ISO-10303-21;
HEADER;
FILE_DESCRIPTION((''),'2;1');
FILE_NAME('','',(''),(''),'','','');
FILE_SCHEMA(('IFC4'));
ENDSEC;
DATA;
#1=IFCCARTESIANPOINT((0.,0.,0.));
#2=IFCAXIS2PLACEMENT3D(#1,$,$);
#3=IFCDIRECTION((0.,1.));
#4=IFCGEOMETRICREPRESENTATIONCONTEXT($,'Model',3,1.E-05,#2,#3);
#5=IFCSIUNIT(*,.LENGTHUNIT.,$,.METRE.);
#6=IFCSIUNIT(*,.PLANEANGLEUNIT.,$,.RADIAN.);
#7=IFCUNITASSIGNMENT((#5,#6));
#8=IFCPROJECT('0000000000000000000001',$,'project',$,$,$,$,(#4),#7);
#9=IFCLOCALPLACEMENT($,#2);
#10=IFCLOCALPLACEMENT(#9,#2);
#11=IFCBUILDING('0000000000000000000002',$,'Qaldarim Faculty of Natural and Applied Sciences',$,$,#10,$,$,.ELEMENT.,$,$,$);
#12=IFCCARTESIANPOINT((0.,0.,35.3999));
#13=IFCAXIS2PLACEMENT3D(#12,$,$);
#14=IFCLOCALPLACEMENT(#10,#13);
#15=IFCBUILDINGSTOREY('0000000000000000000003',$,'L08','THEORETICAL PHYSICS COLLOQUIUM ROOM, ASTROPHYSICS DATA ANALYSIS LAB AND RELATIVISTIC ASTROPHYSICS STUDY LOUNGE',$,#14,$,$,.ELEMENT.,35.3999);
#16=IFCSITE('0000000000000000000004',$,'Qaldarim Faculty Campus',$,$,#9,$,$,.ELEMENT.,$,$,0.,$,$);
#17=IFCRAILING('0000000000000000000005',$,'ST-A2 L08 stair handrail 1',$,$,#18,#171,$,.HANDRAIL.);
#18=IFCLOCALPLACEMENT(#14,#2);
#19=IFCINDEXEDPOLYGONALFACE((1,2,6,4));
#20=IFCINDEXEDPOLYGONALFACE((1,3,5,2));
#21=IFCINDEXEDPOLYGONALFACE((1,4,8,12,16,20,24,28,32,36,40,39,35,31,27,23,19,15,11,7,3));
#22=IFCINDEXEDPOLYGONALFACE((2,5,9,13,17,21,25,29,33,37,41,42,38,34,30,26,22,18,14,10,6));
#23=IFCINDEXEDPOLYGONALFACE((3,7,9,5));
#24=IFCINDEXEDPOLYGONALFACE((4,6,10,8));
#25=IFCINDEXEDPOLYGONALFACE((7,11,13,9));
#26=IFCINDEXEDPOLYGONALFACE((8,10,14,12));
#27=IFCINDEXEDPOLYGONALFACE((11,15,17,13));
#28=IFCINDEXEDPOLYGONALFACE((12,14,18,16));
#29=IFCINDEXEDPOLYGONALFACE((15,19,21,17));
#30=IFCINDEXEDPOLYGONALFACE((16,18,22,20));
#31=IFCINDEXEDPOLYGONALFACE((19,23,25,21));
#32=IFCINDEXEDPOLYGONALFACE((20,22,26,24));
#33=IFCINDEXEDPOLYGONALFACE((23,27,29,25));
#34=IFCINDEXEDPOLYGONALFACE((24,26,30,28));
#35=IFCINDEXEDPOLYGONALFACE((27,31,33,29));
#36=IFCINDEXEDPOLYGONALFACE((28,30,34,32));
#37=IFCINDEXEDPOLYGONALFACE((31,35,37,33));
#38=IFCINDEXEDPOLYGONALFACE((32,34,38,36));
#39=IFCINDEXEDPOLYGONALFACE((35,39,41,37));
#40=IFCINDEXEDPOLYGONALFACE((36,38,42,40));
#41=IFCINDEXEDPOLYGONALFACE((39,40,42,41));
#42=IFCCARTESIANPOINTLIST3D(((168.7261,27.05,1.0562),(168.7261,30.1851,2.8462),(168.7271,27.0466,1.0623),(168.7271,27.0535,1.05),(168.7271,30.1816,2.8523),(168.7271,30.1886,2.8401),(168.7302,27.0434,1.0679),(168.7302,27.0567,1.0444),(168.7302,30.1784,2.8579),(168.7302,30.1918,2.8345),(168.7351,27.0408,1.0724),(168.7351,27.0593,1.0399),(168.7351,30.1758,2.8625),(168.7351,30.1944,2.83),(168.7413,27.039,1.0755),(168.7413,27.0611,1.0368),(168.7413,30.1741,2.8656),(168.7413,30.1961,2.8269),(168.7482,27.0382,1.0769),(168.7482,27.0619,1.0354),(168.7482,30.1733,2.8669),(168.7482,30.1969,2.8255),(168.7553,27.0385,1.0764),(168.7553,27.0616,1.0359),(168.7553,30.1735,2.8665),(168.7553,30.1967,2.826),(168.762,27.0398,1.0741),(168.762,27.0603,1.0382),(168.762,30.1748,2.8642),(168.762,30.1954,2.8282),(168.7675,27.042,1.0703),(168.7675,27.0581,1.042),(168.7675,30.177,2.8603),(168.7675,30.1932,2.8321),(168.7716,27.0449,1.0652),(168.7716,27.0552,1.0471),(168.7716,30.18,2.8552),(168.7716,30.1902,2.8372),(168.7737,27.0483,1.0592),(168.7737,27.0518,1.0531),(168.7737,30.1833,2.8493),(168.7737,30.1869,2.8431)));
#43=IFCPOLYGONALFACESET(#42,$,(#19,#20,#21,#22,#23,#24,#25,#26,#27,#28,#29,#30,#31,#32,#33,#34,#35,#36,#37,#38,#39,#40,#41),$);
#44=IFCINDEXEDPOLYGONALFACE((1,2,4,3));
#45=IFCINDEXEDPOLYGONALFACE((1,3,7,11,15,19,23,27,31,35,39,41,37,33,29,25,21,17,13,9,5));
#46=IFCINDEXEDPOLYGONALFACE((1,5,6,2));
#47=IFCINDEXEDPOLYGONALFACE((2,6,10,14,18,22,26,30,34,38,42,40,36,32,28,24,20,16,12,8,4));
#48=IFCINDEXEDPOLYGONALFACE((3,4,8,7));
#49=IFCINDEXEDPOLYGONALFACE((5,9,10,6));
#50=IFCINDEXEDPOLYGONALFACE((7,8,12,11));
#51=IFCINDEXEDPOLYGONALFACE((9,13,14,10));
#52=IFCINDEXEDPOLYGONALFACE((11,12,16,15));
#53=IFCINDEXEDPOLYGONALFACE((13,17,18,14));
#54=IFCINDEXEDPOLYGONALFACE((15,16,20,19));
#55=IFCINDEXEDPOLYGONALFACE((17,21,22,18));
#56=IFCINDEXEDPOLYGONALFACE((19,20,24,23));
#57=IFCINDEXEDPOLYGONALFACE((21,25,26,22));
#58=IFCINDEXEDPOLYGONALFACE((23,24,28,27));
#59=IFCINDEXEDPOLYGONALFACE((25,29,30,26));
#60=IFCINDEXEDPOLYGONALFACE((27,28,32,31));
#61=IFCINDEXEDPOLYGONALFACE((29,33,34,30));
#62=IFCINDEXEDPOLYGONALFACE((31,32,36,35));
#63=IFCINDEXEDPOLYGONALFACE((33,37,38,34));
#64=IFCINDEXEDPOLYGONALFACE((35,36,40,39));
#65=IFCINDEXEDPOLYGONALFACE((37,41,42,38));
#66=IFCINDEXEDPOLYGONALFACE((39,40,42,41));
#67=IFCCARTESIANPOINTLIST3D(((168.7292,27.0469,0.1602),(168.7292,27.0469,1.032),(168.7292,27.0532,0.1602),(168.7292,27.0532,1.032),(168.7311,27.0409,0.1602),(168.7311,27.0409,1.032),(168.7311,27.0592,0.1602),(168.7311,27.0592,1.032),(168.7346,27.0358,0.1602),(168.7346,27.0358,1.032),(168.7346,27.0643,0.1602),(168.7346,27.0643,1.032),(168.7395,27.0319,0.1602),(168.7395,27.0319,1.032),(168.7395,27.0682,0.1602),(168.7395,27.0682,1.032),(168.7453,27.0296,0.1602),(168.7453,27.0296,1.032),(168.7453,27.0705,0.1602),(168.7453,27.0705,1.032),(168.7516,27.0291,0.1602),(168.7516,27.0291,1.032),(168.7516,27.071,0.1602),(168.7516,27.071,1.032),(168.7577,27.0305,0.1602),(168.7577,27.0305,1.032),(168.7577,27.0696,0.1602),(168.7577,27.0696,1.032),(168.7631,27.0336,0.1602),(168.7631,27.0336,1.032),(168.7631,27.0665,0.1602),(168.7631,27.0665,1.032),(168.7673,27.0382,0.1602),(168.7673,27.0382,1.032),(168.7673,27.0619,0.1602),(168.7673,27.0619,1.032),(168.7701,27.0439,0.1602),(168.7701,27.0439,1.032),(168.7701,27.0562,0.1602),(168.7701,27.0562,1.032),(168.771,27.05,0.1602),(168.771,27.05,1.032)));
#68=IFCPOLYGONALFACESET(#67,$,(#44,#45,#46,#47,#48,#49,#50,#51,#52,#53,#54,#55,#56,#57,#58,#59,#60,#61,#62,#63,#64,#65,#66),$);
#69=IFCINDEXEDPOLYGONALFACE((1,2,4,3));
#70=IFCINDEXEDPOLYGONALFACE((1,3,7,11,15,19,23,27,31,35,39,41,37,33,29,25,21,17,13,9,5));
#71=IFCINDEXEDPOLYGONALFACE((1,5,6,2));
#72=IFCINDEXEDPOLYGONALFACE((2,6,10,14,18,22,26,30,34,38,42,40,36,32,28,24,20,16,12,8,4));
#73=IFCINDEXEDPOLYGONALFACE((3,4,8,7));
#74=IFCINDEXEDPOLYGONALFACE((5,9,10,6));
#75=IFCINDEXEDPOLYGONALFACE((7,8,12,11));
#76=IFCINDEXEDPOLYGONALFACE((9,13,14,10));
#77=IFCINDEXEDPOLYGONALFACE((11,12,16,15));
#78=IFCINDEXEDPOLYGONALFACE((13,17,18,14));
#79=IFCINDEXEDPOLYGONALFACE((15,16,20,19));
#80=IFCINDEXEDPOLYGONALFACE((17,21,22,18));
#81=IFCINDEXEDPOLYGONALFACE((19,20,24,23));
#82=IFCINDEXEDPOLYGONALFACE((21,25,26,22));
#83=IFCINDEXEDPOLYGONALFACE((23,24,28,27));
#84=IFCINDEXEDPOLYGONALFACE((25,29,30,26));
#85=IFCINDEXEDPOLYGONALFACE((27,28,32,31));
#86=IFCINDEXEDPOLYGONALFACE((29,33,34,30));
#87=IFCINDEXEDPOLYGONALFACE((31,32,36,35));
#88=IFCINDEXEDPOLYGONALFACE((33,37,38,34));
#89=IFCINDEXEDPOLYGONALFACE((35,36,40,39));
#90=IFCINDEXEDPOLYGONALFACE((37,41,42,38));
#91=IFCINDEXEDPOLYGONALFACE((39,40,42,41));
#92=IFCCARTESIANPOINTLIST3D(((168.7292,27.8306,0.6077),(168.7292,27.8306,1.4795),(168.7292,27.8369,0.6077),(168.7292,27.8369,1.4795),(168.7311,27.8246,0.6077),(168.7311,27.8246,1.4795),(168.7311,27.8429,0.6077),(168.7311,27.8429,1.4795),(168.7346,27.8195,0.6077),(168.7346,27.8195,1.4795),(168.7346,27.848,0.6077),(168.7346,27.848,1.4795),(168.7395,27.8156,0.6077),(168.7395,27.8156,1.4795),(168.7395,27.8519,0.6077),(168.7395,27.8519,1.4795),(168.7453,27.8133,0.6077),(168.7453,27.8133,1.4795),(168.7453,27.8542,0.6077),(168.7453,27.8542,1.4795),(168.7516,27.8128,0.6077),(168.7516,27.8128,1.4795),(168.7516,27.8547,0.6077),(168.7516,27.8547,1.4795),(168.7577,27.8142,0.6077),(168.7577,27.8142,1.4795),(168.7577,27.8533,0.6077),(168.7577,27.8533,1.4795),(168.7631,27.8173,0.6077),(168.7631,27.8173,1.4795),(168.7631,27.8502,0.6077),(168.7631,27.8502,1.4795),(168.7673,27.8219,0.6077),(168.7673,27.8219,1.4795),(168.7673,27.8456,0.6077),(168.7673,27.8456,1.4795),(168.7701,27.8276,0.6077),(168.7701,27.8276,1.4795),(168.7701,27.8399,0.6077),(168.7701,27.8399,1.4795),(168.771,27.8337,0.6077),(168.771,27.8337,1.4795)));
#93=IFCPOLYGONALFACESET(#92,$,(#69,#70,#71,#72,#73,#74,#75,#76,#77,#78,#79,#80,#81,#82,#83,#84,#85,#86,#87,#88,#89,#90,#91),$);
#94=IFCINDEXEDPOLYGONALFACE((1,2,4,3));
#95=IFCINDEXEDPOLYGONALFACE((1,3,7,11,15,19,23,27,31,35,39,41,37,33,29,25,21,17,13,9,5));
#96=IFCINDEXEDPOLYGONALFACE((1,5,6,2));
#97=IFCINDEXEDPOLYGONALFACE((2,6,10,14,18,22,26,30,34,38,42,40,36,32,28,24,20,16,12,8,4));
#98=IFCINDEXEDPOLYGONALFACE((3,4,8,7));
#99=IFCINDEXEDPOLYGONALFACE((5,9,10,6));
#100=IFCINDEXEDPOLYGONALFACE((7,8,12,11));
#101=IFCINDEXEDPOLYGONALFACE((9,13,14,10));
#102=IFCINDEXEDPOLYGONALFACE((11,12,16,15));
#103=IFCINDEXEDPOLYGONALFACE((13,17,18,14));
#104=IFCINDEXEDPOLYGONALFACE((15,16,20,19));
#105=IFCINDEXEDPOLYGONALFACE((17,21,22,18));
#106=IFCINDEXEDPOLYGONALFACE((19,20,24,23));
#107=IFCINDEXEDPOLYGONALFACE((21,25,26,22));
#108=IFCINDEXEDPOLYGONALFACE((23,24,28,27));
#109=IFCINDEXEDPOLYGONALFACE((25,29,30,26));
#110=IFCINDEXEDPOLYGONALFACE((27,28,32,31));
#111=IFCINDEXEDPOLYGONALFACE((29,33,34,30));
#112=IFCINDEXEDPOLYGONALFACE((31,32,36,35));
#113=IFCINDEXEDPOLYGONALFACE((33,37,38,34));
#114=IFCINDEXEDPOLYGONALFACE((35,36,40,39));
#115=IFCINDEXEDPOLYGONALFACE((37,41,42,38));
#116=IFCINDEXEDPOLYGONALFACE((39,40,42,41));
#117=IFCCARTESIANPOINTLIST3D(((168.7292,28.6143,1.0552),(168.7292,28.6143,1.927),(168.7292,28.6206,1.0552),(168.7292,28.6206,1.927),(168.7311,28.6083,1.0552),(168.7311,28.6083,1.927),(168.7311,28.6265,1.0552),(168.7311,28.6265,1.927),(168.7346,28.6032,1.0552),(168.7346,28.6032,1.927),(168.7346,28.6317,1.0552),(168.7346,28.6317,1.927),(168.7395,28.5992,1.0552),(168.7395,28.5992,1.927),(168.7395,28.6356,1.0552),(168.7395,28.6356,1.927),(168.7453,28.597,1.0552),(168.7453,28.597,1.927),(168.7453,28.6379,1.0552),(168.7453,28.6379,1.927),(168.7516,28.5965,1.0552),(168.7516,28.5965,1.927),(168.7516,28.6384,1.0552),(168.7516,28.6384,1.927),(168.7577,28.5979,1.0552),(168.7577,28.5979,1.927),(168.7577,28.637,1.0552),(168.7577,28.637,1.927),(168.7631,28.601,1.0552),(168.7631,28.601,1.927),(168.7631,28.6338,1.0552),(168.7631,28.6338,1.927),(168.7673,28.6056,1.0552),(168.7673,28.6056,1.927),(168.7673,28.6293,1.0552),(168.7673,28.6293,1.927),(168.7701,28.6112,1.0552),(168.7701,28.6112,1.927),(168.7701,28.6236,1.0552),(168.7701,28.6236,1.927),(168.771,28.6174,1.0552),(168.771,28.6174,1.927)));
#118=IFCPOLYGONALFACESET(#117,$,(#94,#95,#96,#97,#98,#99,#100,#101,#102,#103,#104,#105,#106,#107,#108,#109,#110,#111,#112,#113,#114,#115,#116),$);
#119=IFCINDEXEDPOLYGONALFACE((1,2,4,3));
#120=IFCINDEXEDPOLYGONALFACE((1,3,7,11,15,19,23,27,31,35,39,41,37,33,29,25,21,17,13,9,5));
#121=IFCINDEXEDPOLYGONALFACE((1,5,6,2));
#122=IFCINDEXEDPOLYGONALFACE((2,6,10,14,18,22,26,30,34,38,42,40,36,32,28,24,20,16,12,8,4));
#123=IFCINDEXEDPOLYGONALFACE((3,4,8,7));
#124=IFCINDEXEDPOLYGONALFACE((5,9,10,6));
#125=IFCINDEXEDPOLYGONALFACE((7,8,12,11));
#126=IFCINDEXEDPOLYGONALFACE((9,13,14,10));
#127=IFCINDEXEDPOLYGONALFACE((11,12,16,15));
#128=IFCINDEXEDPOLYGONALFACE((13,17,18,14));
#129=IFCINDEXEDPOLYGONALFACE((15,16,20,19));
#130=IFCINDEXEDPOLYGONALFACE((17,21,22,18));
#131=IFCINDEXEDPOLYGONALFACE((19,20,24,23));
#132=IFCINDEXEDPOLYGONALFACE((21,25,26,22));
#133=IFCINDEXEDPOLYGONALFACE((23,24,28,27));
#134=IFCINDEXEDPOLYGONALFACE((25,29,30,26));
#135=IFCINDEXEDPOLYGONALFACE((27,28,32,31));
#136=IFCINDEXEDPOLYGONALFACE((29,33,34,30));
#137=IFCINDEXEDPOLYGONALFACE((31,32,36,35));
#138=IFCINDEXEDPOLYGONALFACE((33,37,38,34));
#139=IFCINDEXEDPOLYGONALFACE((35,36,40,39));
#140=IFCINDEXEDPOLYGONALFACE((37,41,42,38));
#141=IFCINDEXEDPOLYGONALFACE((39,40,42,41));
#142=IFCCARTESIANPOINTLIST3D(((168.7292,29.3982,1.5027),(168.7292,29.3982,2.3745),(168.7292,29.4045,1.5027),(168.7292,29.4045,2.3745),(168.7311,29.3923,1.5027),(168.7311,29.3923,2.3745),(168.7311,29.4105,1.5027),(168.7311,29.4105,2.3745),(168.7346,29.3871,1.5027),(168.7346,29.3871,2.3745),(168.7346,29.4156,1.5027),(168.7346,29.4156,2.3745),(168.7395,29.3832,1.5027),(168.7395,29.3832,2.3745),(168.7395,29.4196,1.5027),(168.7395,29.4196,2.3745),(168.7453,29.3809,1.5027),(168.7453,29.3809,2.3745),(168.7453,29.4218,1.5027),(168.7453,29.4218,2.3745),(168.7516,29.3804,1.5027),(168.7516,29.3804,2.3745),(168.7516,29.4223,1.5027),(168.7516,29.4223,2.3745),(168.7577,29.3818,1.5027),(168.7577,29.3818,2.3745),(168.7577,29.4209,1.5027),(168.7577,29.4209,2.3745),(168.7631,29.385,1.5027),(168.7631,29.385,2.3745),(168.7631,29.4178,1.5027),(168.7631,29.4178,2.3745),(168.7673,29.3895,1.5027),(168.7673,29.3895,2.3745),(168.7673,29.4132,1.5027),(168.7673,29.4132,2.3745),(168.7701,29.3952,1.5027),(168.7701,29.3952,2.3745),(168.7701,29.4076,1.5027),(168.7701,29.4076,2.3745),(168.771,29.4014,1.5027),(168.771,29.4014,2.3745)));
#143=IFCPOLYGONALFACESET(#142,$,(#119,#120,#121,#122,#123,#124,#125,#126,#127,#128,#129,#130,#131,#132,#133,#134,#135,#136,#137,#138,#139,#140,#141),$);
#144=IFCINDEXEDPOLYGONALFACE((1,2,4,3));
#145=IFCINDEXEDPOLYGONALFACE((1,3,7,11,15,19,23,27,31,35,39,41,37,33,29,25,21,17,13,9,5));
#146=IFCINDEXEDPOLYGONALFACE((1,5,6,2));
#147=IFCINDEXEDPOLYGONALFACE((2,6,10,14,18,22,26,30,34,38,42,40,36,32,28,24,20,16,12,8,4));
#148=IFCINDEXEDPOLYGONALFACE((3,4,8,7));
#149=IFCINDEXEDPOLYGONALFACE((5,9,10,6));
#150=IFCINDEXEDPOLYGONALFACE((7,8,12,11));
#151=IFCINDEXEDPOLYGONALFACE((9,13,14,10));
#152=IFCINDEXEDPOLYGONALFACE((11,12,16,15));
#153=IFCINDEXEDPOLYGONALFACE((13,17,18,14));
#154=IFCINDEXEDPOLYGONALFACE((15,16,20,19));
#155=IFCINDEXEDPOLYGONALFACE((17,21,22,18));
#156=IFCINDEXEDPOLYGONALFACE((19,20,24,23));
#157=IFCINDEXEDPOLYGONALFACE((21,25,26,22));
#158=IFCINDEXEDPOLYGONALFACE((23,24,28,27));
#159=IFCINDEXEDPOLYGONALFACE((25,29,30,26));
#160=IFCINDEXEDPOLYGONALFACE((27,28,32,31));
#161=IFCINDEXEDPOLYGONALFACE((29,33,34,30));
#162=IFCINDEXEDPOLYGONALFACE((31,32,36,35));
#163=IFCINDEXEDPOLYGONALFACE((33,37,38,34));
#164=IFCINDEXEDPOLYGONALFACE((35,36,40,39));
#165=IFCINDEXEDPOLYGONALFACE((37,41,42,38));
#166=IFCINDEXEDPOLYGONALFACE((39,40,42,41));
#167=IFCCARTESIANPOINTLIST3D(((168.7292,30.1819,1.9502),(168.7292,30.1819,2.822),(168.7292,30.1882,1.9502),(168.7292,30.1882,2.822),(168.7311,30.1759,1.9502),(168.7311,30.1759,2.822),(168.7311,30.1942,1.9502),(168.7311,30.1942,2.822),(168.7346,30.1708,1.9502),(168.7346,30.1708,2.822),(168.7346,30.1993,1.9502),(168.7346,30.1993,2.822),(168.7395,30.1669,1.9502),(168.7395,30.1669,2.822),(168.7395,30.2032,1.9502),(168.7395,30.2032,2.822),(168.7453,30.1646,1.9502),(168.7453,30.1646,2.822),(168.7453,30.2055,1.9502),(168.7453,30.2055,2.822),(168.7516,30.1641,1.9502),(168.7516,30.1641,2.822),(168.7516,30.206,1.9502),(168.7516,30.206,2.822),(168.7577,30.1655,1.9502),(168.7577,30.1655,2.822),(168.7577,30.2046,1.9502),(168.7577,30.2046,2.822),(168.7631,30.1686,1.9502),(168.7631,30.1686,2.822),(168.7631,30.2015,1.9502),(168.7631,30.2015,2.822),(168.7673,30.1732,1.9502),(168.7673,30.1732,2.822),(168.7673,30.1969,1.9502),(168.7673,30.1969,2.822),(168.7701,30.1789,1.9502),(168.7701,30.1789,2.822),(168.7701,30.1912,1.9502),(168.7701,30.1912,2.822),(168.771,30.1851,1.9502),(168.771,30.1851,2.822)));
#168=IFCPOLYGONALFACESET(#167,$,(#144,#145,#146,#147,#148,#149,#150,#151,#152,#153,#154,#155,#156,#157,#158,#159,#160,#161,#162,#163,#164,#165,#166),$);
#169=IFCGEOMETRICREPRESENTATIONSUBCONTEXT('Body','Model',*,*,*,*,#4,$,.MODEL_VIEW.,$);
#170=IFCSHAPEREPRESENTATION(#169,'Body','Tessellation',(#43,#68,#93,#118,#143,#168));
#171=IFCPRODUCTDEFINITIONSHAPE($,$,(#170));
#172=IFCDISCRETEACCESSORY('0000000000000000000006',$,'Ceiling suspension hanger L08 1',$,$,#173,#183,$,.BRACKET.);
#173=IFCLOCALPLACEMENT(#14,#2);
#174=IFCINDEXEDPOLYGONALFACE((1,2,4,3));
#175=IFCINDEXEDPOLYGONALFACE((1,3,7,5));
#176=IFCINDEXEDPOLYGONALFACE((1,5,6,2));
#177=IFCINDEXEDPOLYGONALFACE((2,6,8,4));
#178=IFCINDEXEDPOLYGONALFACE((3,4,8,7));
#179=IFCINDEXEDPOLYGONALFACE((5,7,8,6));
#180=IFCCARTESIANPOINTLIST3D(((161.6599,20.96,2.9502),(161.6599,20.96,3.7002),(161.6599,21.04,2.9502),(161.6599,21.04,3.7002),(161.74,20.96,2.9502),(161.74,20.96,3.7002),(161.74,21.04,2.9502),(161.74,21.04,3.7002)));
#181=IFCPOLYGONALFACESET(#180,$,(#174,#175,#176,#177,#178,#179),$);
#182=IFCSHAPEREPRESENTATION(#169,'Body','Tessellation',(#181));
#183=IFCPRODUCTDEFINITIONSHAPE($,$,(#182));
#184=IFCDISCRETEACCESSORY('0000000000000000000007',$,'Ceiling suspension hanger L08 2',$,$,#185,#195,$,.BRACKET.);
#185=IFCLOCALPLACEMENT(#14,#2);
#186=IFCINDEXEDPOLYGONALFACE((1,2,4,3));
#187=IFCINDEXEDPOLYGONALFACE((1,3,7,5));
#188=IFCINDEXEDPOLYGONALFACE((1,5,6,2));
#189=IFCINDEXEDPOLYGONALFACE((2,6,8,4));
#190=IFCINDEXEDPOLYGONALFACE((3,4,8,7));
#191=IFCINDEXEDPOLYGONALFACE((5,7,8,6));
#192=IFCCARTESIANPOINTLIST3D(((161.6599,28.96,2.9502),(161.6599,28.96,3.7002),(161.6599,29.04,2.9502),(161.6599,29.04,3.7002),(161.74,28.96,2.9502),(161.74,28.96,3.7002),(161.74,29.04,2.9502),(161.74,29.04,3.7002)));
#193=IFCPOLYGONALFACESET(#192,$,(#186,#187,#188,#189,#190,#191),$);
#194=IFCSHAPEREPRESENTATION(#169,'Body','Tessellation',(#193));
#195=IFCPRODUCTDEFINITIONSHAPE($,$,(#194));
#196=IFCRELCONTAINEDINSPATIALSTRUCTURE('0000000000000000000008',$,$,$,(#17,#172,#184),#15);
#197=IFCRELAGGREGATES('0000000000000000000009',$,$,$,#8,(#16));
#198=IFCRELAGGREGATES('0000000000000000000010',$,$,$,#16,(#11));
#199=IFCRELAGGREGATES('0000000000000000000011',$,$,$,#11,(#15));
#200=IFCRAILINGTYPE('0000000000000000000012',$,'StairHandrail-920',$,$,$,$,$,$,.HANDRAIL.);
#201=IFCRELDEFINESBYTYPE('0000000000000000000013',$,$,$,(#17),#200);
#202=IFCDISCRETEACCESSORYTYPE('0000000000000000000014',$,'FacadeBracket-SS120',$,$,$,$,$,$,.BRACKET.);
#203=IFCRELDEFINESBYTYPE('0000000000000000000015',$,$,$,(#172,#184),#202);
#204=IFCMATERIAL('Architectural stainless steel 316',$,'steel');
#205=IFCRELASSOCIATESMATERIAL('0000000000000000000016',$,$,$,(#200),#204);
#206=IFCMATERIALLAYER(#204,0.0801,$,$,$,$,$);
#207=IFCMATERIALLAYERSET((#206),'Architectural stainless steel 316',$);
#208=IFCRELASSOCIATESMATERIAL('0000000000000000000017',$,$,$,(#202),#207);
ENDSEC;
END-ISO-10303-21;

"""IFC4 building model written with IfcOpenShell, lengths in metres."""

from ifc_helpers import new_model, si_unit, direction, frame, origin, origin_2d, place, context, subcontext, project, spatial, rectangle, circle, extrude, material, layer, layer_set, type_object, element, save


model = new_model("IFC4")

# Units and contexts
model_context = context("Model", 3, precision=1e-05, world=origin(), true_north=direction((0.0, 1.0)))
body_context = subcontext(model_context, "Body", "Model", "MODEL_VIEW")
ifc_project = project(units=[si_unit("LENGTHUNIT", "METRE"), si_unit("PLANEANGLEUNIT", "RADIAN")], contexts=[model_context])

# Site, building, storey
site_placement = place(None, origin())
site = spatial("IfcSite", under=ifc_project, at=site_placement, Name="Qaldarim Faculty Campus", CompositionType="ELEMENT", RefElevation=0.0)
building_placement = place(site_placement, origin())
building = spatial("IfcBuilding", under=site, at=building_placement, Name="Qaldarim Faculty of Natural and Applied Sciences", CompositionType="ELEMENT")
storey_placement = place(building_placement, frame((0.0, 0.0, 35.3999)))
storey = spatial("IfcBuildingStorey", under=building, at=storey_placement, Name="L08", Description="THEORETICAL PHYSICS COLLOQUIUM ROOM, ASTROPHYSICS DATA ANALYSIS LAB AND RELATIVISTIC ASTROPHYSICS STUDY LOUNGE", CompositionType="ELEMENT", Elevation=35.3999)

# Shared definitions
ifc_material_1 = material(Name="Architectural stainless steel 316", Category="steel")

# Railing
railing_type_1 = type_object("IfcRailingType", Name="StairHandrail-920", PredefinedType="HANDRAIL", material=ifc_material_1)
railing_1_placement = place(storey_placement, frame((168.75, 27.05, 0.1602)))
element("IfcRailing", 1, at=railing_1_placement, inside=storey, type_object=railing_type_1, Name="ST-A2 L08 stair handrail 1", PredefinedType="HANDRAIL", context=body_context, shape_type="SweptSolid", body=[
    extrude(circle(Radius=0.0239, at=origin_2d()), frame((0.0, 0.0, 0.896), z_axis=(0.0, 0.86841, 0.495848), x_axis=(-1.0, 0.0, 0.0)), (0.0, 0.0, 1.0), 3.6101),
    extrude(circle(Radius=0.021, at=origin_2d()), origin(), (0.0, 0.0, 1.0), 0.8718),
    extrude(circle(Radius=0.021, at=origin_2d()), frame((0.0, 0.7837, 0.4475)), (0.0, 0.0, 1.0), 0.8718),
    extrude(circle(Radius=0.021, at=origin_2d()), frame((0.0, 1.5674, 0.895)), (0.0, 0.0, 1.0), 0.8718),
    extrude(circle(Radius=0.021, at=origin_2d()), frame((0.0, 2.3513, 1.3425)), (0.0, 0.0, 1.0), 0.8718),
    extrude(circle(Radius=0.021, at=origin_2d()), frame((0.0, 3.135, 1.79)), (0.0, 0.0, 1.0), 0.8718),
])

# Discrete accessories
ifc_layer_1 = layer(ifc_material_1, 0.0801)
ifc_layer_set_1 = layer_set([ifc_layer_1], Name="Architectural stainless steel 316")
discrete_accessory_type = type_object("IfcDiscreteAccessoryType", Name="FacadeBracket-SS120", PredefinedType="BRACKET", material=ifc_layer_set_1)
for number, where, z_axis, x_axis, name in (
    (2, (161.7, 21.0, 2.9502), (0.0, 0.0, 1.0), (1.0, 0.0, 0.0), "Ceiling suspension hanger L08 1"),
    (3, (161.7, 29.0, 2.9502), (0.0, 0.0, 1.0), (1.0, 0.0, 0.0), "Ceiling suspension hanger L08 2"),
):
    element("IfcDiscreteAccessory", number, at=place(storey_placement, frame(where, z_axis=z_axis, x_axis=x_axis)), inside=storey, type_object=discrete_accessory_type, Name=name, PredefinedType="BRACKET", context=body_context, shape_type="SweptSolid", body=[
        extrude(rectangle(XDim=0.0801, YDim=0.0801, at=origin_2d()), origin(), (0.0, 0.0, 1.0), 0.75),
    ])

save(model, "model.ifc")
